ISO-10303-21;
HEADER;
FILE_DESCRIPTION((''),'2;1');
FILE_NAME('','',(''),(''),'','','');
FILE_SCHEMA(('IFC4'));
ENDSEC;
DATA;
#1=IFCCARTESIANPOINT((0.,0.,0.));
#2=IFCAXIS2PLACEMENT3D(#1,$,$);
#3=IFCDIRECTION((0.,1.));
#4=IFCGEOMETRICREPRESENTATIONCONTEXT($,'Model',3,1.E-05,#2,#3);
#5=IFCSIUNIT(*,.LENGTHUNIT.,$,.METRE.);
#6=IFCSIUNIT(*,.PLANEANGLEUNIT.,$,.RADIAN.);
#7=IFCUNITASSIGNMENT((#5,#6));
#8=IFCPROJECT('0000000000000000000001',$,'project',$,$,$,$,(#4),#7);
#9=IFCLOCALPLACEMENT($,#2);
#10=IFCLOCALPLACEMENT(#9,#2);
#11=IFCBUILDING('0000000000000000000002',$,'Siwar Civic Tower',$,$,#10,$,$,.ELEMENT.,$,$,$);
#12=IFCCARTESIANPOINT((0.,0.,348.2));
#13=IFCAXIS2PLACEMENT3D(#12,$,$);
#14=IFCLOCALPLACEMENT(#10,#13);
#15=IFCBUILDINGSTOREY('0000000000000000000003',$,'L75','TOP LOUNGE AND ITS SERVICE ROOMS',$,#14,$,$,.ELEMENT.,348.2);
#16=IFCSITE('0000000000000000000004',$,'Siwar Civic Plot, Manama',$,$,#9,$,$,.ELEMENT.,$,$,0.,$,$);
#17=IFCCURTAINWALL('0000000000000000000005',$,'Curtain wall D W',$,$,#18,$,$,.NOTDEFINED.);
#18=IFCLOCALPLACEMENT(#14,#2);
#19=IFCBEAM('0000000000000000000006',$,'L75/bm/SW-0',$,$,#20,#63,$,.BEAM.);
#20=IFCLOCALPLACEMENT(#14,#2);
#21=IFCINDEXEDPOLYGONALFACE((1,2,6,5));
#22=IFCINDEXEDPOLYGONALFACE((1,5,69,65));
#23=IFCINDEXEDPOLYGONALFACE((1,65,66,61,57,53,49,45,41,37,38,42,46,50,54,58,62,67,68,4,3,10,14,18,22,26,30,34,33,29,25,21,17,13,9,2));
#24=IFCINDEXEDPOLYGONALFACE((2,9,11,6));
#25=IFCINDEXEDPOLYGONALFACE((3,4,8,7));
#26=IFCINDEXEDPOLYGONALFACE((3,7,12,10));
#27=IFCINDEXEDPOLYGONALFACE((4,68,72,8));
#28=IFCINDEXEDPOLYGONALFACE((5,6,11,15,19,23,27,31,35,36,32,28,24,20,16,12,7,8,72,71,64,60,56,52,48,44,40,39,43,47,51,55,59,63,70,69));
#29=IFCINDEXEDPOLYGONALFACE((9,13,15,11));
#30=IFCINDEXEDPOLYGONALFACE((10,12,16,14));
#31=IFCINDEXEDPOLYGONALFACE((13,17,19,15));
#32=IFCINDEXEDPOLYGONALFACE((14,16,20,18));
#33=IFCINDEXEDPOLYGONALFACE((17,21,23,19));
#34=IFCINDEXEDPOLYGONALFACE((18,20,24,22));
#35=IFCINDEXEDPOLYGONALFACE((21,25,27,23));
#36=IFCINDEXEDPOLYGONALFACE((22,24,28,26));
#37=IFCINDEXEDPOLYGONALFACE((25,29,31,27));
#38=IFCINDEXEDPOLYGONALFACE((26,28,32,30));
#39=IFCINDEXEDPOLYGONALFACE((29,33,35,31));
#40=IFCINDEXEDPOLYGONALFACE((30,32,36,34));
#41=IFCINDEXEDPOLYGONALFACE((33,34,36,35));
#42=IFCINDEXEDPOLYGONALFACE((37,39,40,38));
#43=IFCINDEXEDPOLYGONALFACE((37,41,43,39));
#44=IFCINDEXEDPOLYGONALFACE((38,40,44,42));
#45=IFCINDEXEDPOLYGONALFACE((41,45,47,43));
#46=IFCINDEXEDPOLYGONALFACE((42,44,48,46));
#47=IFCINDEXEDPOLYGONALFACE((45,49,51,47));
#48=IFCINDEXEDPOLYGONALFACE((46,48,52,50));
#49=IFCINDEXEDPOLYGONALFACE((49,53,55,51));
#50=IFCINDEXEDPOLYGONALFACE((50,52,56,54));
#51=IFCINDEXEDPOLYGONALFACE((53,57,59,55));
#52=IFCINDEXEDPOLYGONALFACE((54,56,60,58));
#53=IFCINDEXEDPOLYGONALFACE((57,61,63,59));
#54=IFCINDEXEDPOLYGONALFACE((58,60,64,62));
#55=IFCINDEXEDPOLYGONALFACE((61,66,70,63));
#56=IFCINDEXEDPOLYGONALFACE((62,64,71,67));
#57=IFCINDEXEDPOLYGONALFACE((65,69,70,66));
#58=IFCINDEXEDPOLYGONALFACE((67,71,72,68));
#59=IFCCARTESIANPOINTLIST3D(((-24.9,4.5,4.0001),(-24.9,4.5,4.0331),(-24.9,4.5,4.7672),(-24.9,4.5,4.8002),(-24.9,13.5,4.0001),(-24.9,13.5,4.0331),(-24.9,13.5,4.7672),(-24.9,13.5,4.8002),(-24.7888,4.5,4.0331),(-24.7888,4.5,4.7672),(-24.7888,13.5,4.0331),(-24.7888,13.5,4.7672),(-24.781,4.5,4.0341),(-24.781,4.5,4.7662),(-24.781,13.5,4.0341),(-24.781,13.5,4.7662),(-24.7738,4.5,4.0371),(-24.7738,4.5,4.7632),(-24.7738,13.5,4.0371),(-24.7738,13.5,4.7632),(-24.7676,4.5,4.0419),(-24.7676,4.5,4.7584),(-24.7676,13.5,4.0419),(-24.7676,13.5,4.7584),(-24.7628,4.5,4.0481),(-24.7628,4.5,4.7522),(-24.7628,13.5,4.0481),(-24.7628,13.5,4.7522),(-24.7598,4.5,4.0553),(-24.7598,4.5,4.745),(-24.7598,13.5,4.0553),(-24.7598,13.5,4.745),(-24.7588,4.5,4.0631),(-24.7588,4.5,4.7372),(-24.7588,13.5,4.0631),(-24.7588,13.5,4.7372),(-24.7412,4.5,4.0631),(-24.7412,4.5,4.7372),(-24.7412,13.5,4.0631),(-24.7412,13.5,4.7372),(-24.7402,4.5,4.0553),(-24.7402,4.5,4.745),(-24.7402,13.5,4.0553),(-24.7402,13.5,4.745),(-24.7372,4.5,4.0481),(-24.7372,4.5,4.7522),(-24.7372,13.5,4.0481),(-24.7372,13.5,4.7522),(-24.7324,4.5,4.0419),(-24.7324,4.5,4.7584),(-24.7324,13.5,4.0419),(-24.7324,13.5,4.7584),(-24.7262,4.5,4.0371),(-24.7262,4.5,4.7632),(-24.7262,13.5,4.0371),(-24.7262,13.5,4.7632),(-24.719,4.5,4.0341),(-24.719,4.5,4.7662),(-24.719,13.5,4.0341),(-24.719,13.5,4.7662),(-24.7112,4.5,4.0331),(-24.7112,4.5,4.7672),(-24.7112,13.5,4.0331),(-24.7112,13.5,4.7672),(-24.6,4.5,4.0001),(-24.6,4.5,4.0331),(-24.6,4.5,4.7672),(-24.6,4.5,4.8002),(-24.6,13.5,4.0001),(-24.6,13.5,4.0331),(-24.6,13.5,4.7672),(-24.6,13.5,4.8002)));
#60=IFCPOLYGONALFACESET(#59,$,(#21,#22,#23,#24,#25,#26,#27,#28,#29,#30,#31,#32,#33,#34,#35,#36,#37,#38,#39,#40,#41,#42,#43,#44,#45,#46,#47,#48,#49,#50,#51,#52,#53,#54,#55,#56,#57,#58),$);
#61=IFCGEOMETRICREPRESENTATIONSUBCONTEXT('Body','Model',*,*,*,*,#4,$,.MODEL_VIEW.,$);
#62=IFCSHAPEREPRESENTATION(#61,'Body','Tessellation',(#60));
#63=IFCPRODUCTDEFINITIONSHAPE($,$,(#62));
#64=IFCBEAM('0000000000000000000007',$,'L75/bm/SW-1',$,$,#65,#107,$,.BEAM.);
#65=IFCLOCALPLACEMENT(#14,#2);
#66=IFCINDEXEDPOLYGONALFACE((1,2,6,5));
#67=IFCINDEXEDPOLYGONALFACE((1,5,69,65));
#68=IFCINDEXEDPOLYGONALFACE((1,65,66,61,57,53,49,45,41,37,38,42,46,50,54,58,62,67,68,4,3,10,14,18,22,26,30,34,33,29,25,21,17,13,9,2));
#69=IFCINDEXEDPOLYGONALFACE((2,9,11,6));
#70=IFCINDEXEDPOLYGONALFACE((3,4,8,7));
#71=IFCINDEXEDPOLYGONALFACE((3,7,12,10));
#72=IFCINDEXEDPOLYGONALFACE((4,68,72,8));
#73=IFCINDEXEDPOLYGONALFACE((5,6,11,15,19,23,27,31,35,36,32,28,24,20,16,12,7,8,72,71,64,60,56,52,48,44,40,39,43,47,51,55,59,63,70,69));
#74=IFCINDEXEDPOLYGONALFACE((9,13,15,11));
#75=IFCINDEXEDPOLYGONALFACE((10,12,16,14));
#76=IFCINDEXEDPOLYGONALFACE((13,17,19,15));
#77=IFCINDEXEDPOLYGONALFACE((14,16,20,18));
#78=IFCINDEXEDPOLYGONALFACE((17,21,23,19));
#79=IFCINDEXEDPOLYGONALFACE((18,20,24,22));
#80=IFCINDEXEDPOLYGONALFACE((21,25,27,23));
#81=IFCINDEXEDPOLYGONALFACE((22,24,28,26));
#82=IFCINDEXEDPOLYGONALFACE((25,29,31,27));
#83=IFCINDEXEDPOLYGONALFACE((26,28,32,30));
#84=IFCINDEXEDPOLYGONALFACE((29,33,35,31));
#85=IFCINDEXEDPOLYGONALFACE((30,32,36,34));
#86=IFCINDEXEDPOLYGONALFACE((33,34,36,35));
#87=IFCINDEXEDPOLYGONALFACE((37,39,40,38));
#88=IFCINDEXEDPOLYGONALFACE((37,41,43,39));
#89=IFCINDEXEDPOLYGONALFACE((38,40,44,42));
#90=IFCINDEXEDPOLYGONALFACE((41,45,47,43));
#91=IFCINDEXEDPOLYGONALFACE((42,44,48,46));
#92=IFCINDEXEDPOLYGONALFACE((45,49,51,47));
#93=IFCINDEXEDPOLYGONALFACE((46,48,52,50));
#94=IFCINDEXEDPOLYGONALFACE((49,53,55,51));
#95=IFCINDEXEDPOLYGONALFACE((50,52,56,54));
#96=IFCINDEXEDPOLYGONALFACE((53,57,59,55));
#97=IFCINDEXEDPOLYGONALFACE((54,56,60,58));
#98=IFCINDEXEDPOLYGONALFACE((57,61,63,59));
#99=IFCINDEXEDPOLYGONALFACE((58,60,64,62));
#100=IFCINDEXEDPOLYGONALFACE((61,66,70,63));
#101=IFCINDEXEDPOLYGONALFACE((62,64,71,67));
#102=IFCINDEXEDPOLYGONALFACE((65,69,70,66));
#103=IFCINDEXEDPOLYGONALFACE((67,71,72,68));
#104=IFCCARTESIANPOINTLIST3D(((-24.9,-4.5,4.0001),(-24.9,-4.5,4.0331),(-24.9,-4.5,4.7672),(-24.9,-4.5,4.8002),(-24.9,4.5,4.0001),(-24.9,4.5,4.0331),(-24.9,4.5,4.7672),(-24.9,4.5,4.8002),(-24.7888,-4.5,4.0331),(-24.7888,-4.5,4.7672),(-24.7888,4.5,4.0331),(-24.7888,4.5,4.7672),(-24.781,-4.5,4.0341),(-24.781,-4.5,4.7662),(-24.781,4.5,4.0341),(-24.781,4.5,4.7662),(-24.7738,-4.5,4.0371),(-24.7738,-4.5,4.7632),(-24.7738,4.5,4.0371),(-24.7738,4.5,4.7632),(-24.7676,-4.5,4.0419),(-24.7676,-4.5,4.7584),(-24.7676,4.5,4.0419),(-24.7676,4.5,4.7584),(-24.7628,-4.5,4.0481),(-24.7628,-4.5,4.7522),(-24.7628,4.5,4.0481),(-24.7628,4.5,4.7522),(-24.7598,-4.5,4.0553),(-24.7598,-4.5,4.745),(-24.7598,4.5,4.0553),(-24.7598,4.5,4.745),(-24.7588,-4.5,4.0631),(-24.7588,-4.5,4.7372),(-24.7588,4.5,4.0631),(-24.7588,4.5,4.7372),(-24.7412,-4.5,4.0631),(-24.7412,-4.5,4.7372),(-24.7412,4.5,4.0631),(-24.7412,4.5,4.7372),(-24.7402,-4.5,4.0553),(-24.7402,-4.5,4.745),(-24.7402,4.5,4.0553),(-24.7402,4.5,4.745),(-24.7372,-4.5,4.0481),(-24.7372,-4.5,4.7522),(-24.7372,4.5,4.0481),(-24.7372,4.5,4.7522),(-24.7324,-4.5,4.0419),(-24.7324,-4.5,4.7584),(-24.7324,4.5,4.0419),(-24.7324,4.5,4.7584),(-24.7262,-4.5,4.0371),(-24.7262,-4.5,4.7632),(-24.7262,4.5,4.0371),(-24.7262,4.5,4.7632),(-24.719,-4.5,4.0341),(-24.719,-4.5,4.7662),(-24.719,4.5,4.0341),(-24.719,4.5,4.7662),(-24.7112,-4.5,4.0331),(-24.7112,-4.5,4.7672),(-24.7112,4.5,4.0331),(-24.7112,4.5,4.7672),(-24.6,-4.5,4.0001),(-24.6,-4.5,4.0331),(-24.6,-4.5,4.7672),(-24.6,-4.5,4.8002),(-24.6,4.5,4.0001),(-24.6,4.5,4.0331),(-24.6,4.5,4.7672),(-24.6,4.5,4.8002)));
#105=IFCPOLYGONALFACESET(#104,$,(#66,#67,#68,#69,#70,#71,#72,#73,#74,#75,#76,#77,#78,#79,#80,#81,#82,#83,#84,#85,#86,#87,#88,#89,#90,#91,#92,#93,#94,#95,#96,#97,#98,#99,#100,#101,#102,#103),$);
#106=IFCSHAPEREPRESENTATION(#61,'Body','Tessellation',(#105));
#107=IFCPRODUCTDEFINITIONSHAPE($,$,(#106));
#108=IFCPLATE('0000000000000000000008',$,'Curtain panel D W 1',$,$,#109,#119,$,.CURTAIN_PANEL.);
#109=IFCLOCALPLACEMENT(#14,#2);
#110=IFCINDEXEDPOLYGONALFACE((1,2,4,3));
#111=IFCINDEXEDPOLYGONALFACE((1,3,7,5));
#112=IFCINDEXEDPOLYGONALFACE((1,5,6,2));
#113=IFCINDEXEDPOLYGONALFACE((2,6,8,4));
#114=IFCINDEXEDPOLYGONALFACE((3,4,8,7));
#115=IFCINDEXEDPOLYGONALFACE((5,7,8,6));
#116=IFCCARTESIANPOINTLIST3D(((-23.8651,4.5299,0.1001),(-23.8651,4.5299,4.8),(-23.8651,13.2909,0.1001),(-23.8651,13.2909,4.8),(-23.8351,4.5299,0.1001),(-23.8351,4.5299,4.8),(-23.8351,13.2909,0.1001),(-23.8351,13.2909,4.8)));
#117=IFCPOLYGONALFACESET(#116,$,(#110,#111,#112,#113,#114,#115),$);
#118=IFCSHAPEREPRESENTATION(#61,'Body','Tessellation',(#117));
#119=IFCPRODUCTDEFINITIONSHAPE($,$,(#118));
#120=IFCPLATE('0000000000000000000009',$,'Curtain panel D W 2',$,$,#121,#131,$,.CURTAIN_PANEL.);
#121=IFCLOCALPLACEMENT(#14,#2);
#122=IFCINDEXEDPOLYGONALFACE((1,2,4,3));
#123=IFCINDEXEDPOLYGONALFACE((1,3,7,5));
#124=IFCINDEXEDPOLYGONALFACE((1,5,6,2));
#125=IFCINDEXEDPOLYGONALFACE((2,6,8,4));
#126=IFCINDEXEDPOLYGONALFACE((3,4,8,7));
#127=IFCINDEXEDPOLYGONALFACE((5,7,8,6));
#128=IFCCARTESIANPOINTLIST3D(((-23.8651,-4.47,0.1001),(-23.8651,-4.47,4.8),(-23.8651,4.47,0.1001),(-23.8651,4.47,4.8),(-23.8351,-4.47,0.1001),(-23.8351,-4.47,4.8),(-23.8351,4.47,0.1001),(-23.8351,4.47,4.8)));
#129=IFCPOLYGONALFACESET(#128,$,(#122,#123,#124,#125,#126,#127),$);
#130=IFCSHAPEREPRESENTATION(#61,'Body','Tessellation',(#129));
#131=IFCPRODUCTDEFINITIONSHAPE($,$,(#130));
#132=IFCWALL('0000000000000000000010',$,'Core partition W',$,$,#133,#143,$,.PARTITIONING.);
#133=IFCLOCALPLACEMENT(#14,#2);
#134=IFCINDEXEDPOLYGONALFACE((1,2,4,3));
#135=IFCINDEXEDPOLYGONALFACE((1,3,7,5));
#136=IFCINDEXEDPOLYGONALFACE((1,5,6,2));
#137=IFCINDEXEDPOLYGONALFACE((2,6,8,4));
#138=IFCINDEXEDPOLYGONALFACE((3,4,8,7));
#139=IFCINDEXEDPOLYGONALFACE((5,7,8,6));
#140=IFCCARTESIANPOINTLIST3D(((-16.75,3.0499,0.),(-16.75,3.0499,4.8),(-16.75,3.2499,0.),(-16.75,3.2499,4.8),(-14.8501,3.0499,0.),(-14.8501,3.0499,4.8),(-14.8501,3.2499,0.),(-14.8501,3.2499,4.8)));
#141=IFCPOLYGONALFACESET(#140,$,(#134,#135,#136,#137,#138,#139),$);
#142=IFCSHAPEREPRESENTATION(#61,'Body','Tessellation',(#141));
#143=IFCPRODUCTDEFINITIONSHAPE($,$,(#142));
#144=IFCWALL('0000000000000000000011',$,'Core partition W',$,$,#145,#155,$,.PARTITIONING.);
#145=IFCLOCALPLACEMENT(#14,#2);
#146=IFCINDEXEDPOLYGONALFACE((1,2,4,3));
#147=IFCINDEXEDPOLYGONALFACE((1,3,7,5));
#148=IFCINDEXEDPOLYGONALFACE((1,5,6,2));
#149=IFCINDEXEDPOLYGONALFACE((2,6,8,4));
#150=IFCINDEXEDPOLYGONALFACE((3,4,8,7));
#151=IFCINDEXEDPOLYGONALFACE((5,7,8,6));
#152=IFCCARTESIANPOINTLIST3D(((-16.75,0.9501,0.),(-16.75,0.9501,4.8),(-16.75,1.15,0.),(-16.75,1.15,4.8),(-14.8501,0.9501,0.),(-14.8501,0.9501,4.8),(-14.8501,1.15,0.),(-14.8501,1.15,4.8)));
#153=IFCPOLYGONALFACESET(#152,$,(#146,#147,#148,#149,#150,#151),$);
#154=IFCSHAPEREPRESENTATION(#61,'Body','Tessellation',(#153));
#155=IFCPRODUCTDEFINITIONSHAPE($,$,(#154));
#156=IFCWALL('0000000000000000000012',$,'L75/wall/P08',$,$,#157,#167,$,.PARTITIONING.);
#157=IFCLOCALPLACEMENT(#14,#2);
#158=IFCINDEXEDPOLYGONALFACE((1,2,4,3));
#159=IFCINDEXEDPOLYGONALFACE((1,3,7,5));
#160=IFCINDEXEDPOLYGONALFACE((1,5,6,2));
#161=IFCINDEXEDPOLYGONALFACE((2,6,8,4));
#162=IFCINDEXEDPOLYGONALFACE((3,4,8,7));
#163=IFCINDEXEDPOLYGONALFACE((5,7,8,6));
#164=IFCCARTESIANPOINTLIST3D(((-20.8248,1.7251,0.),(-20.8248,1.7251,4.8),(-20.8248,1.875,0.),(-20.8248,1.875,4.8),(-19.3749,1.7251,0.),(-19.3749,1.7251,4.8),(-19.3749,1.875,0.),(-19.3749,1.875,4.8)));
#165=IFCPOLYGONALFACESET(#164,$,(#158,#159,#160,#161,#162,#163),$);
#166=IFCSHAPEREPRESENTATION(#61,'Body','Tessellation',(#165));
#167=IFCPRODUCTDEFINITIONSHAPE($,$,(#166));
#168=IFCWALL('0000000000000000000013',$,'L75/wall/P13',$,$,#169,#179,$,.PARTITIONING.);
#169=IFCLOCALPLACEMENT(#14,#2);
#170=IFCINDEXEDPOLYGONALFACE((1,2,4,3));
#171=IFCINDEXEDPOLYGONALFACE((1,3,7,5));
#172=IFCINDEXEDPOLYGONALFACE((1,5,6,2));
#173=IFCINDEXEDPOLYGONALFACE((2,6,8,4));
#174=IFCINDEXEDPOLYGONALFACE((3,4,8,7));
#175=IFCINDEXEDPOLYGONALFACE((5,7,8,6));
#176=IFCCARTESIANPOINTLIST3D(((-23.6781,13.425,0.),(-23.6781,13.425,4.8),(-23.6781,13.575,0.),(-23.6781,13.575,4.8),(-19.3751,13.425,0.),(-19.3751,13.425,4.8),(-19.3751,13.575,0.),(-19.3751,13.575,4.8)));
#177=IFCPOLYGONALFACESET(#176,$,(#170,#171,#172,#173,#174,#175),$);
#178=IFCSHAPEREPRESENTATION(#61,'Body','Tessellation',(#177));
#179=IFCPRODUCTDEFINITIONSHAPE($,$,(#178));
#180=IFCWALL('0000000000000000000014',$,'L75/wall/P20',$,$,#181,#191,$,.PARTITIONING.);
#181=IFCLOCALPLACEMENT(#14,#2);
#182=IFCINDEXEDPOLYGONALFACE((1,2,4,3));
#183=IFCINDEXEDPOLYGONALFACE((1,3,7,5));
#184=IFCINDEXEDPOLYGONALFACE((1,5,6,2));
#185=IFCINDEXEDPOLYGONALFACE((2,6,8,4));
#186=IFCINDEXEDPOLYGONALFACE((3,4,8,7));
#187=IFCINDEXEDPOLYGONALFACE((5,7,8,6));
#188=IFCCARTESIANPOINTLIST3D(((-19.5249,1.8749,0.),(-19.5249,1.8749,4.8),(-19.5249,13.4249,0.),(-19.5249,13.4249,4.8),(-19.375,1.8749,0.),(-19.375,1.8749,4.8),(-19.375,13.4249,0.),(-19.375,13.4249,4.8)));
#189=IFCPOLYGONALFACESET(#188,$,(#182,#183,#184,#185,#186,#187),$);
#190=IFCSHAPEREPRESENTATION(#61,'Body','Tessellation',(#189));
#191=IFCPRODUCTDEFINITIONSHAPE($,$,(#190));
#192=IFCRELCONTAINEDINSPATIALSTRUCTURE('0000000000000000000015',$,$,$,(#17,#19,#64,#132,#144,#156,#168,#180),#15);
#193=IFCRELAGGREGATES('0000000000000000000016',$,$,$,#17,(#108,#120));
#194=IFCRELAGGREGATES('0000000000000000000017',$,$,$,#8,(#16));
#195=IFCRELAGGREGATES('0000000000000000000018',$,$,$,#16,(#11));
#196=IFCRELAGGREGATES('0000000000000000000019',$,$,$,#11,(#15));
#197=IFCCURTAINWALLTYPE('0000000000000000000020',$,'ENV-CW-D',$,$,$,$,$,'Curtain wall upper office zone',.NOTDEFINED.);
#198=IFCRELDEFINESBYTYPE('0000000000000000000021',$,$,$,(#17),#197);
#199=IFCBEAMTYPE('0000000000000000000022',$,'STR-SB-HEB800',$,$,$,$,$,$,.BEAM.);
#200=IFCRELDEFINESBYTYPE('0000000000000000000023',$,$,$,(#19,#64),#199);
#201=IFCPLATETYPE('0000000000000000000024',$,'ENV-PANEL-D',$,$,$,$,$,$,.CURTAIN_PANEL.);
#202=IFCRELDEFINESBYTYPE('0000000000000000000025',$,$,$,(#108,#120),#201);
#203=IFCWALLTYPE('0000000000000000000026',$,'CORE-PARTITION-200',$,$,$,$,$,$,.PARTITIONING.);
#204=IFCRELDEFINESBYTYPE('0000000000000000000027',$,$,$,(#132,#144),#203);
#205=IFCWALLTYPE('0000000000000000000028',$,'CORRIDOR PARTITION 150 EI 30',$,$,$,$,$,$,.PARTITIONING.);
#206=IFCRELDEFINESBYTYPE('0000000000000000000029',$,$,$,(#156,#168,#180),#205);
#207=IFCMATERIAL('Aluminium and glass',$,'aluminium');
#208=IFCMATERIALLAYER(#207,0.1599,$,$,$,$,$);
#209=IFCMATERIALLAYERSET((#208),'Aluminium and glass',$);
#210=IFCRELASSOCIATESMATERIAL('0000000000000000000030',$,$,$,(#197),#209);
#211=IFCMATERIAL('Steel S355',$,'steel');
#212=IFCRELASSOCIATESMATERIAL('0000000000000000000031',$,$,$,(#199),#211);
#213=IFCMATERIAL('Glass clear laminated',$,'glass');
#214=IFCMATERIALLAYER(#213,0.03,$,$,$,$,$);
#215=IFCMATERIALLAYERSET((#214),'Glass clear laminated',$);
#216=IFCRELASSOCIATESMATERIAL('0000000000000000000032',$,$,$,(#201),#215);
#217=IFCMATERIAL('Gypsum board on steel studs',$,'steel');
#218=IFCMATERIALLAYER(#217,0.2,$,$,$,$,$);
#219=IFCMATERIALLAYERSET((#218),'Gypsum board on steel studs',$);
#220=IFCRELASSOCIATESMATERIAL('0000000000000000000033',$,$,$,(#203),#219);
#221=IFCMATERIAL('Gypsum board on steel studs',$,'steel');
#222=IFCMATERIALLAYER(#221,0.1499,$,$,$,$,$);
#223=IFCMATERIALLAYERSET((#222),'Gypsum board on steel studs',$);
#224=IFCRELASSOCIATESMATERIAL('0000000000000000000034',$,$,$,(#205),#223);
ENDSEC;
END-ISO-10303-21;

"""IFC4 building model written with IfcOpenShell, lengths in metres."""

from ifc_helpers import new_model, si_unit, direction, frame, frame_2d, origin, origin_2d, place, context, subcontext, project, spatial, rectangle, i_section, extrude, material, layer, layer_set, material_profile, profile_set, type_object, element, aggregate, save


model = new_model("IFC4")

# Units and contexts
model_context = context("Model", 3, precision=1e-05, world=origin(), true_north=direction((0.0, 1.0)))
body_context = subcontext(model_context, "Body", "Model", "MODEL_VIEW")
ifc_project = project(units=[si_unit("LENGTHUNIT", "METRE"), si_unit("PLANEANGLEUNIT", "RADIAN")], contexts=[model_context])

# Site, building, storey
site_placement = place(None, origin())
site = spatial("IfcSite", under=ifc_project, at=site_placement, Name="Siwar Civic Plot, Manama", CompositionType="ELEMENT", RefElevation=0.0)
building_placement = place(site_placement, origin())
building = spatial("IfcBuilding", under=site, at=building_placement, Name="Siwar Civic Tower", CompositionType="ELEMENT")
storey_placement = place(building_placement, frame((0.0, 0.0, 348.2)))
storey = spatial("IfcBuildingStorey", under=building, at=storey_placement, Name="L75", Description="TOP LOUNGE AND ITS SERVICE ROOMS", CompositionType="ELEMENT", Elevation=348.2)

# Curtain wall
ifc_material_1 = material(Name="Aluminium and glass", Category="aluminium")
ifc_layer_1 = layer(ifc_material_1, 0.1599)
ifc_layer_set_1 = layer_set([ifc_layer_1], Name="Aluminium and glass")
curtain_wall_type = type_object("IfcCurtainWallType", Name="ENV-CW-D", ElementType="Curtain wall upper office zone", PredefinedType="NOTDEFINED", material=ifc_layer_set_1)
curtain_wall_placement = place(storey_placement, origin())
curtain_wall = element("IfcCurtainWall", 1, at=curtain_wall_placement, inside=storey, type_object=curtain_wall_type, Name="Curtain wall D W", PredefinedType="NOTDEFINED")

# Beams
ifc_material_2 = material(Name="Steel S355", Category="steel")
ifc_material_profile_1 = material_profile(ifc_material_2, i_section(OverallWidth=0.3, OverallDepth=0.8, WebThickness=0.0176, FlangeThickness=0.033, FilletRadius=0.03, at=origin_2d()), Name="HEB800")
ifc_profile_set_1 = profile_set([ifc_material_profile_1], Name="Steel S355")
beam_type_1 = type_object("IfcBeamType", Name="STR-SB-HEB800", PredefinedType="BEAM", material=ifc_profile_set_1)
for number, where, z_axis, x_axis, name in (
    (2, (-24.75, 13.5, 4.4001), (0.0, -1.0, 0.0), (1.0, 0.0, 0.0), "L75/bm/SW-0"),
    (3, (-24.75, 4.5, 4.4001), (0.0, -1.0, 0.0), (1.0, 0.0, 0.0), "L75/bm/SW-1"),
):
    element("IfcBeam", number, at=place(storey_placement, frame(where, z_axis=z_axis, x_axis=x_axis)), inside=storey, type_object=beam_type_1, Name=name, PredefinedType="BEAM", context=body_context, shape_type="SweptSolid", body=[
        extrude(i_section(OverallWidth=0.3, OverallDepth=0.8, WebThickness=0.0176, FlangeThickness=0.033, FilletRadius=0.03, at=origin_2d()), origin(), (0.0, 0.0, 1.0), 9.0),
    ])

# Plates
ifc_material_3 = material(Name="Glass clear laminated", Category="glass")
ifc_layer_2 = layer(ifc_material_3, 0.03)
ifc_layer_set_2 = layer_set([ifc_layer_2], Name="Glass clear laminated")
plate_type = type_object("IfcPlateType", Name="ENV-PANEL-D", PredefinedType="CURTAIN_PANEL", material=ifc_layer_set_2)
plate_1_placement = place(storey_placement, frame((-23.8501, 8.9104, 0.1001), z_axis=(0.0, 0.0, 1.0), x_axis=(0.0, -1.0, 0.0)))
plate_1 = element("IfcPlate", 4, at=plate_1_placement, type_object=plate_type, Name="Curtain panel D W 1", PredefinedType="CURTAIN_PANEL", context=body_context, shape_type="SweptSolid", body=[
    extrude(rectangle(XDim=8.761, YDim=0.03, at=origin_2d()), origin(), (0.0, 0.0, 1.0), 4.7),
])
plate_2_placement = place(storey_placement, frame((-23.8501, 0.0, 0.1001), z_axis=(0.0, 0.0, 1.0), x_axis=(0.0, -1.0, 0.0)))
plate_2 = element("IfcPlate", 5, at=plate_2_placement, type_object=plate_type, Name="Curtain panel D W 2", PredefinedType="CURTAIN_PANEL", context=body_context, shape_type="SweptSolid", body=[
    extrude(rectangle(XDim=8.9399, YDim=0.03, at=origin_2d()), origin(), (0.0, 0.0, 1.0), 4.7),
])
aggregate(curtain_wall, [plate_1, plate_2])

# Walls
ifc_material_4 = material(Name="Gypsum board on steel studs", Category="steel")
ifc_layer_3 = layer(ifc_material_4, 0.2)
ifc_layer_set_3 = layer_set([ifc_layer_3], Name="Gypsum board on steel studs")
wall_type_1 = type_object("IfcWallType", Name="CORE-PARTITION-200", PredefinedType="PARTITIONING", material=ifc_layer_set_3)
for number, where, z_axis, x_axis, name in (
    (6, (-14.8501, 3.1499, 0.0), (0.0, 0.0, 1.0), (-1.0, 0.0, 0.0), "Core partition W"),
    (7, (-14.8501, 1.05, 0.0), (0.0, 0.0, 1.0), (-1.0, 0.0, 0.0), "Core partition W"),
):
    element("IfcWall", number, at=place(storey_placement, frame(where, z_axis=z_axis, x_axis=x_axis)), inside=storey, type_object=wall_type_1, Name=name, PredefinedType="PARTITIONING", context=body_context, shape_type="SweptSolid", body=[
        extrude(rectangle(XDim=1.8999, YDim=0.2, at=frame_2d((0.95, 0.0))), origin(), (0.0, 0.0, 1.0), 4.8),
    ])
ifc_material_5 = material(Name="Gypsum board on steel studs", Category="steel")
ifc_layer_4 = layer(ifc_material_5, 0.1499)
ifc_layer_set_4 = layer_set([ifc_layer_4], Name="Gypsum board on steel studs")
wall_type_2 = type_object("IfcWallType", Name="CORRIDOR PARTITION 150 EI 30", PredefinedType="PARTITIONING", material=ifc_layer_set_4)
wall_1_placement = place(storey_placement, frame((-20.825, 1.8, 0.0), z_axis=(0.0, 0.0, 1.0), x_axis=(1.0, 0.0, 0.0)))
element("IfcWall", 8, at=wall_1_placement, inside=storey, type_object=wall_type_2, Name="L75/wall/P08", PredefinedType="PARTITIONING", context=body_context, shape_type="SweptSolid", body=[
    extrude(rectangle(XDim=1.45, YDim=0.1499, at=frame_2d((0.7251, 0.0))), origin(), (0.0, 0.0, 1.0), 4.8),
])
wall_2_placement = place(storey_placement, frame((-23.678, 13.5, 0.0), z_axis=(0.0, 0.0, 1.0), x_axis=(1.0, 0.0, 0.0)))
element("IfcWall", 9, at=wall_2_placement, inside=storey, type_object=wall_type_2, Name="L75/wall/P13", PredefinedType="PARTITIONING", context=body_context, shape_type="SweptSolid", body=[
    extrude(rectangle(XDim=4.303, YDim=0.1499, at=frame_2d((2.1514, 0.0))), origin(), (0.0, 0.0, 1.0), 4.8),
])
wall_3_placement = place(storey_placement, frame((-19.45, 1.875, 0.0), z_axis=(0.0, 0.0, 1.0), x_axis=(0.0, 1.0, 0.0)))
element("IfcWall", 10, at=wall_3_placement, inside=storey, type_object=wall_type_2, Name="L75/wall/P20", PredefinedType="PARTITIONING", context=body_context, shape_type="SweptSolid", body=[
    extrude(rectangle(XDim=11.55, YDim=0.1499, at=frame_2d((5.7749, 0.0))), origin(), (0.0, 0.0, 1.0), 4.8),
])

save(model, "model.ifc")
